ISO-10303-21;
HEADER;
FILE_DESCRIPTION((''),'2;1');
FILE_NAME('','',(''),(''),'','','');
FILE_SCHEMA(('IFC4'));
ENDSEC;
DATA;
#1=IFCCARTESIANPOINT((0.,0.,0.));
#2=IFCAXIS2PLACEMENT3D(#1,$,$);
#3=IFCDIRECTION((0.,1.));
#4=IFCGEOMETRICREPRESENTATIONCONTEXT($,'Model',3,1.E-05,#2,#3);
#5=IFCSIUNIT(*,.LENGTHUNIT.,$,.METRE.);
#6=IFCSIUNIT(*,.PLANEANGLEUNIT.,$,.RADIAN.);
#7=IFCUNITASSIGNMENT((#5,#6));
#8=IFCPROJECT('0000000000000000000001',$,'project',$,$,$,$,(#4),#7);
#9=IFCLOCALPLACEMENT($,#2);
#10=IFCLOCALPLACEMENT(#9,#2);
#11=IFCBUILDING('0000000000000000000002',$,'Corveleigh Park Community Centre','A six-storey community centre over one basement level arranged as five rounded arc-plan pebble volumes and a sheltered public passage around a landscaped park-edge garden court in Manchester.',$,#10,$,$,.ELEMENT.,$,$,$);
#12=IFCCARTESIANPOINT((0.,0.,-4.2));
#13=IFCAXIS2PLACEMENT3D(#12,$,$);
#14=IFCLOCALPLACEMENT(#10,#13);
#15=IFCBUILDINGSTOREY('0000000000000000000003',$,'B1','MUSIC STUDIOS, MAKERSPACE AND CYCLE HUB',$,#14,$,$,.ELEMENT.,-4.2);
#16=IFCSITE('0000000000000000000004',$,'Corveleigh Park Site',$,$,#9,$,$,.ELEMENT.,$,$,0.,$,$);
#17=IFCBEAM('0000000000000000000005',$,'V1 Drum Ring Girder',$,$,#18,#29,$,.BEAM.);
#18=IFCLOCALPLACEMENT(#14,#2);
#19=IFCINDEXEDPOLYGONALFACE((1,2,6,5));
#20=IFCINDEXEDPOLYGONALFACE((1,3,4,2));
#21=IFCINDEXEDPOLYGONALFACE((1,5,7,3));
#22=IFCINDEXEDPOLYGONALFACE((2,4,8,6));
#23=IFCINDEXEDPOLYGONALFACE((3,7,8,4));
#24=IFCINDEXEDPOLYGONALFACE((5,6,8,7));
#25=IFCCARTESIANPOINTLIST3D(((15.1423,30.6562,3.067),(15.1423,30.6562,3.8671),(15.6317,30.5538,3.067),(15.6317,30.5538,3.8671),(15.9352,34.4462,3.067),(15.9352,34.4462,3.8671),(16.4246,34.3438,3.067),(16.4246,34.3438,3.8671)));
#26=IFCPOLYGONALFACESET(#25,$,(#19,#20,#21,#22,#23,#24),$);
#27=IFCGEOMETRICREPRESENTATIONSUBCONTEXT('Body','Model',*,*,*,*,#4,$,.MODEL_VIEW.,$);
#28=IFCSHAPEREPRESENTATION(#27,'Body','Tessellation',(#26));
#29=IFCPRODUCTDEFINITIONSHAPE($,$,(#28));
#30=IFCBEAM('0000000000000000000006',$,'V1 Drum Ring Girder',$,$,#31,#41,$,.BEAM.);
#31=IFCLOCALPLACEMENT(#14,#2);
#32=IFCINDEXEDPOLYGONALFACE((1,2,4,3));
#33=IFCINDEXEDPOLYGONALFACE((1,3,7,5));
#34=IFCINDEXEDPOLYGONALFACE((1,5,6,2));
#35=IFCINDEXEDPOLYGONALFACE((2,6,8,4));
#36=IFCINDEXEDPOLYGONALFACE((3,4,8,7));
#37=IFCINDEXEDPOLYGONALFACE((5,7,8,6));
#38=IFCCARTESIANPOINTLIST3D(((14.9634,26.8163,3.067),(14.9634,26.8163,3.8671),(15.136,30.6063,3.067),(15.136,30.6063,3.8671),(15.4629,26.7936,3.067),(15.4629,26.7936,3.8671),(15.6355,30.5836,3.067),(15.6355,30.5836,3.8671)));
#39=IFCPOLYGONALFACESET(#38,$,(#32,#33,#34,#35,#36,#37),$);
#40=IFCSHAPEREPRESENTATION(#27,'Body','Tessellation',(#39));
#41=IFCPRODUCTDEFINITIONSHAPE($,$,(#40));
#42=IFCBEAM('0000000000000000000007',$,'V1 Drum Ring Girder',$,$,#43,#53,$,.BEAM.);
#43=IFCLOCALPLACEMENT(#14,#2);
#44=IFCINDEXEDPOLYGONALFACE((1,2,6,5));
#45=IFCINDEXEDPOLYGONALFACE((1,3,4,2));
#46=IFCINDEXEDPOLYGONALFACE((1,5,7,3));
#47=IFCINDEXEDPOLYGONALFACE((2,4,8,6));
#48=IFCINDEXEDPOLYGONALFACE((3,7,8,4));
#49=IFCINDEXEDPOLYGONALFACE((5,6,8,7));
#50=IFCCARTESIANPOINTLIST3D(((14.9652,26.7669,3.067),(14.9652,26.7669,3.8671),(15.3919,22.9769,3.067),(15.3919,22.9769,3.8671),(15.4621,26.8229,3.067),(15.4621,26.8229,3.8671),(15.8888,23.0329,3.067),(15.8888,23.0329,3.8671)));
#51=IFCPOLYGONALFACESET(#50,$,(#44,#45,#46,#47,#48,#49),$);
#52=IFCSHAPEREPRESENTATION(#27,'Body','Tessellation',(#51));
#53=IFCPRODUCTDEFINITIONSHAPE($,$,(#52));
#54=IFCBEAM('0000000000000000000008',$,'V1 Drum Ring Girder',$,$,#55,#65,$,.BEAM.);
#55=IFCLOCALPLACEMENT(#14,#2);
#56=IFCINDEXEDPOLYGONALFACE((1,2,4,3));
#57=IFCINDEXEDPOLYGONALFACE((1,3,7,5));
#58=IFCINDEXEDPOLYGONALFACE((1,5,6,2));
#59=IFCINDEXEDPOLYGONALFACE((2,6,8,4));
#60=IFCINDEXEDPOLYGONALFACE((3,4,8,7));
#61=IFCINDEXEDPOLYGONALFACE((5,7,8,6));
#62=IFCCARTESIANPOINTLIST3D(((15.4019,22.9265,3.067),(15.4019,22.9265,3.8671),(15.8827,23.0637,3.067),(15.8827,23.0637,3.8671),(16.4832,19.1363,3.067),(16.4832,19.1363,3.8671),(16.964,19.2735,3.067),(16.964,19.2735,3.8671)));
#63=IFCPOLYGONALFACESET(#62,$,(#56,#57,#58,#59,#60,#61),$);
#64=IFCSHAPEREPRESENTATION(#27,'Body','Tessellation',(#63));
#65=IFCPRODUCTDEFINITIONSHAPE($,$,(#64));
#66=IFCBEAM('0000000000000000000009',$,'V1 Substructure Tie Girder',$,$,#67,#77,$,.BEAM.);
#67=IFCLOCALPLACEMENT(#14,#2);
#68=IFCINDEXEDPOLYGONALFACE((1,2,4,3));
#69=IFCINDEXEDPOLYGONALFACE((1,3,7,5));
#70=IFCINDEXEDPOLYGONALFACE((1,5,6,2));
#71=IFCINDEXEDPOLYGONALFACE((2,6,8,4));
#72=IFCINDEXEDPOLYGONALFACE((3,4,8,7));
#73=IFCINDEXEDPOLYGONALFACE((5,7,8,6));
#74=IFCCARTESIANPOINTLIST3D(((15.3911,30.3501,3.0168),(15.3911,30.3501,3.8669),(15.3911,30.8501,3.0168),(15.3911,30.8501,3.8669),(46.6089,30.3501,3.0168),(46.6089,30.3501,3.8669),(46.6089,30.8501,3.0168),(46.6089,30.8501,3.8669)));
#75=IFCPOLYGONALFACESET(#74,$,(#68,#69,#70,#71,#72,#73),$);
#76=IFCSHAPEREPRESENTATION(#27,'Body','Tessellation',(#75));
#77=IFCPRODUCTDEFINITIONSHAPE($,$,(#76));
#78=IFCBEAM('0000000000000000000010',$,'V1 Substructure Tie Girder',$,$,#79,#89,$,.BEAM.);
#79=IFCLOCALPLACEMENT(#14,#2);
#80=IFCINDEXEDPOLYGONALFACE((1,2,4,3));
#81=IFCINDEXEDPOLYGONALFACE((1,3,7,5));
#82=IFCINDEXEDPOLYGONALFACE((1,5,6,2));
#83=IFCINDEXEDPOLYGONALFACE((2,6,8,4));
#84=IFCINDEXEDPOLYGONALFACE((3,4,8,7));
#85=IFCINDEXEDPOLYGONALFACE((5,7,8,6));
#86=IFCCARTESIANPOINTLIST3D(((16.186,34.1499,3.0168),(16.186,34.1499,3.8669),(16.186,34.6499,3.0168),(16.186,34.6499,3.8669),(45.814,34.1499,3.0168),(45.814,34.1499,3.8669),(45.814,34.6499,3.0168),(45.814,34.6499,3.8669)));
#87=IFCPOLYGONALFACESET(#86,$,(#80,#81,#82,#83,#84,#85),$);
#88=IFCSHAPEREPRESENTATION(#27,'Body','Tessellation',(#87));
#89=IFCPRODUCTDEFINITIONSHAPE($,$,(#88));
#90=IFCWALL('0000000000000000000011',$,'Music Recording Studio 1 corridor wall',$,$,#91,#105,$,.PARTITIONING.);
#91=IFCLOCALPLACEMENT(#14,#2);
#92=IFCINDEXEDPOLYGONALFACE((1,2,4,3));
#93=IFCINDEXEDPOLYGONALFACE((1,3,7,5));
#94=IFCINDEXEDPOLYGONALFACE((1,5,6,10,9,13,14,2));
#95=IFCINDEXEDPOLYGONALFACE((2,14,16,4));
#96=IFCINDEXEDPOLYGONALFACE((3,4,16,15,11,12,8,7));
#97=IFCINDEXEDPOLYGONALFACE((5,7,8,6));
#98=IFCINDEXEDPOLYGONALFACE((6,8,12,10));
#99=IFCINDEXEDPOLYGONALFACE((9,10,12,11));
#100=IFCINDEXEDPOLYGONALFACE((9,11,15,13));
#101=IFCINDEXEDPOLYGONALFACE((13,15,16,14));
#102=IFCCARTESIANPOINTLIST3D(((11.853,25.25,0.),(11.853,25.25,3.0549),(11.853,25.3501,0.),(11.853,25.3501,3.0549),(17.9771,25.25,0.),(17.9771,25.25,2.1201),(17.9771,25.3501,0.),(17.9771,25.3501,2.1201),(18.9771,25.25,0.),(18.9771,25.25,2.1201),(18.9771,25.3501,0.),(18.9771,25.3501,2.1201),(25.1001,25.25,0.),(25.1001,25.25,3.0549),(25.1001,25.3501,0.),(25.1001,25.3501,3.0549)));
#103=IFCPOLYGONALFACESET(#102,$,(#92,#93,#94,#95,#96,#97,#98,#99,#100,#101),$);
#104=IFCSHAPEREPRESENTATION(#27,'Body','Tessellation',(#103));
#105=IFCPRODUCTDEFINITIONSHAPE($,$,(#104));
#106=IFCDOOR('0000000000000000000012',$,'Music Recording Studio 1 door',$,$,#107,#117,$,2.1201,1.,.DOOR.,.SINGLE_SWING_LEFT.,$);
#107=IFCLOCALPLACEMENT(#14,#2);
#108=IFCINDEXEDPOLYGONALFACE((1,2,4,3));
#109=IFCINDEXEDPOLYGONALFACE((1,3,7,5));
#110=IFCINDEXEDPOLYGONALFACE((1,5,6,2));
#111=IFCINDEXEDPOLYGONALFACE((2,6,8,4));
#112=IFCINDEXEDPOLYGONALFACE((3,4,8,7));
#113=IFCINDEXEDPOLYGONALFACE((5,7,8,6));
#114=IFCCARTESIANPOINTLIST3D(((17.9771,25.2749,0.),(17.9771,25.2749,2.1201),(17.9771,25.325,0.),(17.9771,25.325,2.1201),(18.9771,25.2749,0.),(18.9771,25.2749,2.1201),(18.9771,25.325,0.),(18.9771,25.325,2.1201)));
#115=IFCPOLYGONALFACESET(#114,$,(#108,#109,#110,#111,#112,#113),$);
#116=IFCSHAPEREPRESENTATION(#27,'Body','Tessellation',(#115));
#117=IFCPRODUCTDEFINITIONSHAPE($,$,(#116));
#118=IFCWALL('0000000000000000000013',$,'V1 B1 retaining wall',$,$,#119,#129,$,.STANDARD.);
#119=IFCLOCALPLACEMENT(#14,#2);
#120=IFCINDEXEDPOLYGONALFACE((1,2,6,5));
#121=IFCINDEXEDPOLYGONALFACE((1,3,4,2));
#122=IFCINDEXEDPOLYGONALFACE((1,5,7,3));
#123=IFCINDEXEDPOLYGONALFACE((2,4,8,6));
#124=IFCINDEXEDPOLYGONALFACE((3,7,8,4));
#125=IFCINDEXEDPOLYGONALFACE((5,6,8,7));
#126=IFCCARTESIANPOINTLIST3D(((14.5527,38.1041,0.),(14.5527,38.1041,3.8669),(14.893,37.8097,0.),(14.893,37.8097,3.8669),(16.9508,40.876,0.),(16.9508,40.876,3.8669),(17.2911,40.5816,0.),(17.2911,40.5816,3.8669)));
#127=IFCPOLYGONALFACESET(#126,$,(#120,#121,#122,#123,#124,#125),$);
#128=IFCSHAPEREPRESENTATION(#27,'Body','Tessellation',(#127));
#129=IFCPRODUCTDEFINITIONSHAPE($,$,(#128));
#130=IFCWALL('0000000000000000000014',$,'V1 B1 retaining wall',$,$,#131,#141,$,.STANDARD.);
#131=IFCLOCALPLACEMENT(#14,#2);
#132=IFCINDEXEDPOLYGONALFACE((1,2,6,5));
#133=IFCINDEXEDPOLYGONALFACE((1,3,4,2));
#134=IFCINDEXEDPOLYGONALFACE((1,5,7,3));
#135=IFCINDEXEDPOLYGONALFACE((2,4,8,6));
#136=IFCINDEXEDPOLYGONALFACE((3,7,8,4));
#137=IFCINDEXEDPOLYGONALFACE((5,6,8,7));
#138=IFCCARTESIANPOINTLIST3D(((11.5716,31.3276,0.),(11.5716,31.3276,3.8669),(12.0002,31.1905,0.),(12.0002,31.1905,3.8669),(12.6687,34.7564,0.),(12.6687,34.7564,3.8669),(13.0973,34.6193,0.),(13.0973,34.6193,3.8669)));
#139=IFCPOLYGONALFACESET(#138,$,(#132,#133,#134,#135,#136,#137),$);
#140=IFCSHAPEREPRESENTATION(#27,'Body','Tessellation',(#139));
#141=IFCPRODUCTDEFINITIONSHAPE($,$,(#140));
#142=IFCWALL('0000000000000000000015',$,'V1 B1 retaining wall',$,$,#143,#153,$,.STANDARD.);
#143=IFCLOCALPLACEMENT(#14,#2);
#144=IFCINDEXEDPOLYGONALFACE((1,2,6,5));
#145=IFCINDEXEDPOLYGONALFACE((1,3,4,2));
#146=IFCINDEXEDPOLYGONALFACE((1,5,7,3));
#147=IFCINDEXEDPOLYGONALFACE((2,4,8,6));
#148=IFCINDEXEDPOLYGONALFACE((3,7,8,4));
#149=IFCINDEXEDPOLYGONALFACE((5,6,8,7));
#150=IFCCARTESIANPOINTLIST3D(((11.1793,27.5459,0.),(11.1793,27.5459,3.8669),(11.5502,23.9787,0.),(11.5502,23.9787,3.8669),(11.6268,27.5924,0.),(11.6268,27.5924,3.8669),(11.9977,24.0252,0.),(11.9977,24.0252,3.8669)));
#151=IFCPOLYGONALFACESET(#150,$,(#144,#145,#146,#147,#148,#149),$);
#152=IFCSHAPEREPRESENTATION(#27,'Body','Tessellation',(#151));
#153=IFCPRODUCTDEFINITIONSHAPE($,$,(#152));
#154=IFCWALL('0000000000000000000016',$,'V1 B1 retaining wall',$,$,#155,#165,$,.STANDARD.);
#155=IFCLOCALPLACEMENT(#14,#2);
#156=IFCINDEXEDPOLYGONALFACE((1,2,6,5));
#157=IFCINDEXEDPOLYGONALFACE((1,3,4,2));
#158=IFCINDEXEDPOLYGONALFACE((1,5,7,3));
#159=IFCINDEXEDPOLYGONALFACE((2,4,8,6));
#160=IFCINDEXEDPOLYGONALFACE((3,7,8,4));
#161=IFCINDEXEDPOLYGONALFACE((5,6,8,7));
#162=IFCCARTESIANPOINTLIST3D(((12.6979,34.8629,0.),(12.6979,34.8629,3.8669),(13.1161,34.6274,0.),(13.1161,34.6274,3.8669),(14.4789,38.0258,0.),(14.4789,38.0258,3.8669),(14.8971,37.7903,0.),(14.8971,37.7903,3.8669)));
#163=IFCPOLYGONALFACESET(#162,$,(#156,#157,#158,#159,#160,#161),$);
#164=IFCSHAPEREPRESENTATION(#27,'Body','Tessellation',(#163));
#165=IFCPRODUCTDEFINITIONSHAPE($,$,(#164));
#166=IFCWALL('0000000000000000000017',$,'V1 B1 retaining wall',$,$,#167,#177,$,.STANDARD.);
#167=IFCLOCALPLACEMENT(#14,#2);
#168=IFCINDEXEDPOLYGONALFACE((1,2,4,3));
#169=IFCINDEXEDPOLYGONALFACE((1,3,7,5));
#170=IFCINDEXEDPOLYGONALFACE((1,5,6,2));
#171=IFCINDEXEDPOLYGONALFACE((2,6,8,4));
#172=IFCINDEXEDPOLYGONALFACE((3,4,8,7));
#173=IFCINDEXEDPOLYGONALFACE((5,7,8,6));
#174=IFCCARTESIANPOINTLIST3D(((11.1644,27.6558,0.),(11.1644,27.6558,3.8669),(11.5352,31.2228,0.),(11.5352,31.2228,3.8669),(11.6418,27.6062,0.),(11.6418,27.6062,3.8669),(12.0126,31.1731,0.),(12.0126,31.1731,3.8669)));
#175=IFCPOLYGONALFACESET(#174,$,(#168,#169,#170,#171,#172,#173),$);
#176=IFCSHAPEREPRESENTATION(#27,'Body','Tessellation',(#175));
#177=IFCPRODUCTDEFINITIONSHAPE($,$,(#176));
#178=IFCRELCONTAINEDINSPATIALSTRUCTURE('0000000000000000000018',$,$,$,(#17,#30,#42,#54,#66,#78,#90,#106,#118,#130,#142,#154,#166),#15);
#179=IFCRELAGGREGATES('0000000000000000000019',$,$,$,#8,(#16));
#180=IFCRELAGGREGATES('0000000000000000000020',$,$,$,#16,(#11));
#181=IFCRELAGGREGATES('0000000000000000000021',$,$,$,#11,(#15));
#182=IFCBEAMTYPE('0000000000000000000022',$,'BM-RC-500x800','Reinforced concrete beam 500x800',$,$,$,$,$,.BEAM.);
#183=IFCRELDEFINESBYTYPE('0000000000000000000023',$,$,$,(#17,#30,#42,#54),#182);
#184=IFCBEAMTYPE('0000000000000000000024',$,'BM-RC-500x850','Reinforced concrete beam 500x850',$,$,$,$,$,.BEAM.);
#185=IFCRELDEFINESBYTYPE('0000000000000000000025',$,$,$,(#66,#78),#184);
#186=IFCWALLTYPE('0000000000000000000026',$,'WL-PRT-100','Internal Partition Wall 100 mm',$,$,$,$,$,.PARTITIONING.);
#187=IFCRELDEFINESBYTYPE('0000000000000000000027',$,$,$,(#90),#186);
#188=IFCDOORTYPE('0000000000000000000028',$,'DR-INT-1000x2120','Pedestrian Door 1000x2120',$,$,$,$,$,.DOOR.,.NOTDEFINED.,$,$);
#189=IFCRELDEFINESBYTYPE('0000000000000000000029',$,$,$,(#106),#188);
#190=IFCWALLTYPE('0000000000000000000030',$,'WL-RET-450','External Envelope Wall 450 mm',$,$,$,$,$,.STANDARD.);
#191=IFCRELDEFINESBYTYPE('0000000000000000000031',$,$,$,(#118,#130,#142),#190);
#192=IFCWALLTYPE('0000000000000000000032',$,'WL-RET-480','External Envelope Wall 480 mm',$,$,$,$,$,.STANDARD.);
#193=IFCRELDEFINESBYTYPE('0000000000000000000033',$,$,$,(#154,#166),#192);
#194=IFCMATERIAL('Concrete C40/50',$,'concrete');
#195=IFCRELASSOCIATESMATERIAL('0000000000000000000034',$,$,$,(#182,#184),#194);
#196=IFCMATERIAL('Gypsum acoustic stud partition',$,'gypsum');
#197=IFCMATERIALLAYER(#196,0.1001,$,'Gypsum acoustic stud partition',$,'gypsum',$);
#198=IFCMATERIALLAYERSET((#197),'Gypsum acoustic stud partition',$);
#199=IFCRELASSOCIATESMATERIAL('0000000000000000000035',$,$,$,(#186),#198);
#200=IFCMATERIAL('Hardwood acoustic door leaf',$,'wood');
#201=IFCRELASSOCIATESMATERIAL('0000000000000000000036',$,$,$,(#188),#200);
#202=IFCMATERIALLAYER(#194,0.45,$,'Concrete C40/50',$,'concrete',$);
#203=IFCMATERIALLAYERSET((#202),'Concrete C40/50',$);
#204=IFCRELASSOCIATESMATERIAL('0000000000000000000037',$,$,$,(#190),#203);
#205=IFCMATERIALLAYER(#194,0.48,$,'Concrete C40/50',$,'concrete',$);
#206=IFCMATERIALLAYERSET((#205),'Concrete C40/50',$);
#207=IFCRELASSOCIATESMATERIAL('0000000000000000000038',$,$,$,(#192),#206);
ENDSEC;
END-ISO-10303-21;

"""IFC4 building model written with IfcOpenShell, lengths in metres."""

from ifc_helpers import new_model, si_unit, direction, frame, frame_2d, origin, origin_2d, place, context, subcontext, project, spatial, rectangle, extrude, material, layer, layer_set, material_profile, profile_set, type_object, element, fill, save


model = new_model("IFC4")

# Units and contexts
model_context = context("Model", 3, precision=1e-05, world=origin(), true_north=direction((0.0, 1.0)))
body_context = subcontext(model_context, "Body", "Model", "MODEL_VIEW")
ifc_project = project(units=[si_unit("LENGTHUNIT", "METRE"), si_unit("PLANEANGLEUNIT", "RADIAN")], contexts=[model_context])

# Site, building, storey
site_placement = place(None, origin())
site = spatial("IfcSite", under=ifc_project, at=site_placement, Name="Corveleigh Park Site", CompositionType="ELEMENT", RefElevation=0.0)
building_placement = place(site_placement, origin())
building = spatial("IfcBuilding", under=site, at=building_placement, Name="Corveleigh Park Community Centre", Description="A six-storey community centre over one basement level arranged as five rounded arc-plan pebble volumes and a sheltered public passage around a landscaped park-edge garden court in Manchester.", CompositionType="ELEMENT")
storey_placement = place(building_placement, frame((0.0, 0.0, -4.2)))
storey = spatial("IfcBuildingStorey", under=building, at=storey_placement, Name="B1", Description="MUSIC STUDIOS, MAKERSPACE AND CYCLE HUB", CompositionType="ELEMENT", Elevation=-4.2)

# Shared definitions
ifc_material_1 = material(Name="Concrete C40/50", Category="concrete")

# Beams
ifc_material_profile_1 = material_profile(ifc_material_1, rectangle(XDim=0.5, YDim=0.8, at=origin_2d()), Name="RC-500x800", Category="concrete")
ifc_profile_set_1 = profile_set([ifc_material_profile_1], Name="Concrete C40/50")
beam_type_1 = type_object("IfcBeamType", Name="BM-RC-500x800", Description="Reinforced concrete beam 500x800", PredefinedType="BEAM", material=ifc_profile_set_1)
beam_1_placement = place(storey_placement, frame((16.1799, 34.395, 3.467), z_axis=(-0.20479, -0.978806, 0.0), x_axis=(0.978806, -0.20479, 0.0)))
element("IfcBeam", 1, at=beam_1_placement, inside=storey, type_object=beam_type_1, Name="V1 Drum Ring Girder", PredefinedType="BEAM", context=body_context, shape_type="SweptSolid", body=[
    extrude(rectangle(XDim=0.5, YDim=0.8, at=origin_2d()), origin(), (0.0, 0.0, 1.0), 3.8721),
])
beam_2_placement = place(storey_placement, frame((15.3857, 30.595, 3.467), z_axis=(-0.045495, -0.998965, 0.0), x_axis=(0.998965, -0.045495, 0.0)))
element("IfcBeam", 2, at=beam_2_placement, inside=storey, type_object=beam_type_1, Name="V1 Drum Ring Girder", PredefinedType="BEAM", context=body_context, shape_type="SweptSolid", body=[
    extrude(rectangle(XDim=0.5, YDim=0.8, at=origin_2d()), origin(), (0.0, 0.0, 1.0), 3.7939),
])
beam_3_placement = place(storey_placement, frame((15.2136, 26.7949, 3.467), z_axis=(0.111893, -0.99372, 0.0), x_axis=(0.99372, 0.111893, 0.0)))
element("IfcBeam", 3, at=beam_3_placement, inside=storey, type_object=beam_type_1, Name="V1 Drum Ring Girder", PredefinedType="BEAM", context=body_context, shape_type="SweptSolid", body=[
    extrude(rectangle(XDim=0.5, YDim=0.8, at=origin_2d()), origin(), (0.0, 0.0, 1.0), 3.814),
])
beam_4_placement = place(storey_placement, frame((15.6423, 22.9951, 3.467), z_axis=(0.274337, -0.961634, 0.0), x_axis=(0.961634, 0.274337, 0.0)))
element("IfcBeam", 4, at=beam_4_placement, inside=storey, type_object=beam_type_1, Name="V1 Drum Ring Girder", PredefinedType="BEAM", context=body_context, shape_type="SweptSolid", body=[
    extrude(rectangle(XDim=0.5, YDim=0.8, at=origin_2d()), origin(), (0.0, 0.0, 1.0), 3.9414),
])
ifc_material_profile_2 = material_profile(ifc_material_1, rectangle(XDim=0.5, YDim=0.8501, at=origin_2d()), Name="RC-500x850", Category="concrete")
ifc_profile_set_2 = profile_set([ifc_material_profile_2], Name="Concrete C40/50")
beam_type_2 = type_object("IfcBeamType", Name="BM-RC-500x850", Description="Reinforced concrete beam 500x850", PredefinedType="BEAM", material=ifc_profile_set_2)
beam_5_placement = place(storey_placement, frame((15.3911, 30.6001, 3.4419), z_axis=(1.0, 0.0, 0.0), x_axis=(0.0, 1.0, 0.0)))
element("IfcBeam", 5, at=beam_5_placement, inside=storey, type_object=beam_type_2, Name="V1 Substructure Tie Girder", PredefinedType="BEAM", context=body_context, shape_type="SweptSolid", body=[
    extrude(rectangle(XDim=0.5, YDim=0.8501, at=origin_2d()), origin(), (0.0, 0.0, 1.0), 31.2178),
])
beam_6_placement = place(storey_placement, frame((16.186, 34.3999, 3.4419), z_axis=(1.0, 0.0, 0.0), x_axis=(0.0, 1.0, 0.0)))
element("IfcBeam", 6, at=beam_6_placement, inside=storey, type_object=beam_type_2, Name="V1 Substructure Tie Girder", PredefinedType="BEAM", context=body_context, shape_type="SweptSolid", body=[
    extrude(rectangle(XDim=0.5, YDim=0.8501, at=origin_2d()), origin(), (0.0, 0.0, 1.0), 29.6279),
])

# Wall, opening, door
ifc_material_2 = material(Name="Gypsum acoustic stud partition", Category="gypsum")
ifc_layer_1 = layer(ifc_material_2, 0.1001, Name="Gypsum acoustic stud partition", Category="gypsum")
ifc_layer_set_1 = layer_set([ifc_layer_1], Name="Gypsum acoustic stud partition")
wall_type_1 = type_object("IfcWallType", Name="WL-PRT-100", Description="Internal Partition Wall 100 mm", PredefinedType="PARTITIONING", material=ifc_layer_set_1)
wall_1_placement = place(storey_placement, frame((11.853, 25.3, 0.0), z_axis=(0.0, 0.0, 1.0), x_axis=(1.0, 0.0, 0.0)))
wall_1 = element("IfcWall", 7, at=wall_1_placement, inside=storey, type_object=wall_type_1, Name="Music Recording Studio 1 corridor wall", PredefinedType="PARTITIONING", context=body_context, shape_type="SweptSolid", body=[
    extrude(rectangle(XDim=13.2471, YDim=0.1001, at=frame_2d((6.6235, 0.0))), origin(), (0.0, 0.0, 1.0), 3.0549),
])
opening_placement = place(wall_1_placement, frame((6.124, 0.0, 0.0)))
opening = element("IfcOpeningElement", 8, at=opening_placement, cuts=wall_1, PredefinedType="OPENING", context=body_context, shape_type="SweptSolid", body=[
    extrude(rectangle(XDim=1.0, YDim=2.1201, at=frame_2d((0.5, 1.0601))), frame((0.0, 0.0601, 0.0), z_axis=(0.0, -1.0, 0.0), x_axis=(1.0, 0.0, 0.0)), (0.0, 0.0, 1.0), 0.1201),
])
ifc_material_3 = material(Name="Hardwood acoustic door leaf", Category="wood")
door_type = type_object("IfcDoorType", Name="DR-INT-1000x2120", Description="Pedestrian Door 1000x2120", OperationType="NOTDEFINED", PredefinedType="DOOR", material=ifc_material_3)
door_placement = place(opening_placement, origin())
door = element("IfcDoor", 9, at=door_placement, inside=storey, type_object=door_type, Name="Music Recording Studio 1 door", OperationType="SINGLE_SWING_LEFT", OverallHeight=2.1201, OverallWidth=1.0, PredefinedType="DOOR", context=body_context, shape_type="SweptSolid", body=[
    extrude(rectangle(XDim=1.0, YDim=2.1201, at=frame_2d((0.5, 1.0601))), frame((0.0, 0.0249, 0.0), z_axis=(0.0, -1.0, 0.0), x_axis=(1.0, 0.0, 0.0)), (0.0, 0.0, 1.0), 0.05),
])
fill(opening, door)

# Walls
ifc_layer_2 = layer(ifc_material_1, 0.45, Name="Concrete C40/50", Category="concrete")
ifc_layer_set_2 = layer_set([ifc_layer_2], Name="Concrete C40/50")
wall_type_2 = type_object("IfcWallType", Name="WL-RET-450", Description="External Envelope Wall 450 mm", PredefinedType="STANDARD", material=ifc_layer_set_2)
wall_2_placement = place(storey_placement, frame((14.7229, 37.957, 0.0), z_axis=(0.0, 0.0, 1.0), x_axis=(0.654279, 0.756254, 0.0)))
element("IfcWall", 10, at=wall_2_placement, inside=storey, type_object=wall_type_2, Name="V1 B1 retaining wall", PredefinedType="STANDARD", context=body_context, shape_type="SweptSolid", body=[
    extrude(rectangle(XDim=3.6653, YDim=0.45, at=frame_2d((1.8325, 0.0))), origin(), (0.0, 0.0, 1.0), 3.8669),
])
wall_3_placement = place(storey_placement, frame((11.7859, 31.259, 0.0), z_axis=(0.0, 0.0, 1.0), x_axis=(0.304751, 0.952432, 0.0)))
element("IfcWall", 11, at=wall_3_placement, inside=storey, type_object=wall_type_2, Name="V1 B1 retaining wall", PredefinedType="STANDARD", context=body_context, shape_type="SweptSolid", body=[
    extrude(rectangle(XDim=3.6001, YDim=0.45, at=frame_2d((1.8, 0.0))), origin(), (0.0, 0.0, 1.0), 3.8669),
])
wall_4_placement = place(storey_placement, frame((11.7739, 24.002, 0.0), z_axis=(0.0, 0.0, 1.0), x_axis=(-0.103405, 0.994639, 0.0)))
element("IfcWall", 12, at=wall_4_placement, inside=storey, type_object=wall_type_2, Name="V1 B1 retaining wall", PredefinedType="STANDARD", context=body_context, shape_type="SweptSolid", body=[
    extrude(rectangle(XDim=3.5864, YDim=0.45, at=frame_2d((1.7932, 0.0))), origin(), (0.0, 0.0, 1.0), 3.8669),
])
ifc_layer_3 = layer(ifc_material_1, 0.48, Name="Concrete C40/50", Category="concrete")
ifc_layer_set_3 = layer_set([ifc_layer_3], Name="Concrete C40/50")
wall_type_3 = type_object("IfcWallType", Name="WL-RET-480", Description="External Envelope Wall 480 mm", PredefinedType="STANDARD", material=ifc_layer_set_3)
wall_5_placement = place(storey_placement, frame((12.907, 34.7451, 0.0), z_axis=(0.0, 0.0, 1.0), x_axis=(0.49066, 0.871351, 0.0)))
element("IfcWall", 13, at=wall_5_placement, inside=storey, type_object=wall_type_3, Name="V1 B1 retaining wall", PredefinedType="STANDARD", context=body_context, shape_type="SweptSolid", body=[
    extrude(rectangle(XDim=3.6299, YDim=0.48, at=frame_2d((1.8149, 0.0))), origin(), (0.0, 0.0, 1.0), 3.8669),
])
wall_6_placement = place(storey_placement, frame((11.4031, 27.6311, 0.0), z_axis=(0.0, 0.0, 1.0), x_axis=(0.103412, 0.994639, 0.0)))
element("IfcWall", 14, at=wall_6_placement, inside=storey, type_object=wall_type_3, Name="V1 B1 retaining wall", PredefinedType="STANDARD", context=body_context, shape_type="SweptSolid", body=[
    extrude(rectangle(XDim=3.5862, YDim=0.48, at=frame_2d((1.793, 0.0))), origin(), (0.0, 0.0, 1.0), 3.8669),
])

save(model, "model.ifc")
